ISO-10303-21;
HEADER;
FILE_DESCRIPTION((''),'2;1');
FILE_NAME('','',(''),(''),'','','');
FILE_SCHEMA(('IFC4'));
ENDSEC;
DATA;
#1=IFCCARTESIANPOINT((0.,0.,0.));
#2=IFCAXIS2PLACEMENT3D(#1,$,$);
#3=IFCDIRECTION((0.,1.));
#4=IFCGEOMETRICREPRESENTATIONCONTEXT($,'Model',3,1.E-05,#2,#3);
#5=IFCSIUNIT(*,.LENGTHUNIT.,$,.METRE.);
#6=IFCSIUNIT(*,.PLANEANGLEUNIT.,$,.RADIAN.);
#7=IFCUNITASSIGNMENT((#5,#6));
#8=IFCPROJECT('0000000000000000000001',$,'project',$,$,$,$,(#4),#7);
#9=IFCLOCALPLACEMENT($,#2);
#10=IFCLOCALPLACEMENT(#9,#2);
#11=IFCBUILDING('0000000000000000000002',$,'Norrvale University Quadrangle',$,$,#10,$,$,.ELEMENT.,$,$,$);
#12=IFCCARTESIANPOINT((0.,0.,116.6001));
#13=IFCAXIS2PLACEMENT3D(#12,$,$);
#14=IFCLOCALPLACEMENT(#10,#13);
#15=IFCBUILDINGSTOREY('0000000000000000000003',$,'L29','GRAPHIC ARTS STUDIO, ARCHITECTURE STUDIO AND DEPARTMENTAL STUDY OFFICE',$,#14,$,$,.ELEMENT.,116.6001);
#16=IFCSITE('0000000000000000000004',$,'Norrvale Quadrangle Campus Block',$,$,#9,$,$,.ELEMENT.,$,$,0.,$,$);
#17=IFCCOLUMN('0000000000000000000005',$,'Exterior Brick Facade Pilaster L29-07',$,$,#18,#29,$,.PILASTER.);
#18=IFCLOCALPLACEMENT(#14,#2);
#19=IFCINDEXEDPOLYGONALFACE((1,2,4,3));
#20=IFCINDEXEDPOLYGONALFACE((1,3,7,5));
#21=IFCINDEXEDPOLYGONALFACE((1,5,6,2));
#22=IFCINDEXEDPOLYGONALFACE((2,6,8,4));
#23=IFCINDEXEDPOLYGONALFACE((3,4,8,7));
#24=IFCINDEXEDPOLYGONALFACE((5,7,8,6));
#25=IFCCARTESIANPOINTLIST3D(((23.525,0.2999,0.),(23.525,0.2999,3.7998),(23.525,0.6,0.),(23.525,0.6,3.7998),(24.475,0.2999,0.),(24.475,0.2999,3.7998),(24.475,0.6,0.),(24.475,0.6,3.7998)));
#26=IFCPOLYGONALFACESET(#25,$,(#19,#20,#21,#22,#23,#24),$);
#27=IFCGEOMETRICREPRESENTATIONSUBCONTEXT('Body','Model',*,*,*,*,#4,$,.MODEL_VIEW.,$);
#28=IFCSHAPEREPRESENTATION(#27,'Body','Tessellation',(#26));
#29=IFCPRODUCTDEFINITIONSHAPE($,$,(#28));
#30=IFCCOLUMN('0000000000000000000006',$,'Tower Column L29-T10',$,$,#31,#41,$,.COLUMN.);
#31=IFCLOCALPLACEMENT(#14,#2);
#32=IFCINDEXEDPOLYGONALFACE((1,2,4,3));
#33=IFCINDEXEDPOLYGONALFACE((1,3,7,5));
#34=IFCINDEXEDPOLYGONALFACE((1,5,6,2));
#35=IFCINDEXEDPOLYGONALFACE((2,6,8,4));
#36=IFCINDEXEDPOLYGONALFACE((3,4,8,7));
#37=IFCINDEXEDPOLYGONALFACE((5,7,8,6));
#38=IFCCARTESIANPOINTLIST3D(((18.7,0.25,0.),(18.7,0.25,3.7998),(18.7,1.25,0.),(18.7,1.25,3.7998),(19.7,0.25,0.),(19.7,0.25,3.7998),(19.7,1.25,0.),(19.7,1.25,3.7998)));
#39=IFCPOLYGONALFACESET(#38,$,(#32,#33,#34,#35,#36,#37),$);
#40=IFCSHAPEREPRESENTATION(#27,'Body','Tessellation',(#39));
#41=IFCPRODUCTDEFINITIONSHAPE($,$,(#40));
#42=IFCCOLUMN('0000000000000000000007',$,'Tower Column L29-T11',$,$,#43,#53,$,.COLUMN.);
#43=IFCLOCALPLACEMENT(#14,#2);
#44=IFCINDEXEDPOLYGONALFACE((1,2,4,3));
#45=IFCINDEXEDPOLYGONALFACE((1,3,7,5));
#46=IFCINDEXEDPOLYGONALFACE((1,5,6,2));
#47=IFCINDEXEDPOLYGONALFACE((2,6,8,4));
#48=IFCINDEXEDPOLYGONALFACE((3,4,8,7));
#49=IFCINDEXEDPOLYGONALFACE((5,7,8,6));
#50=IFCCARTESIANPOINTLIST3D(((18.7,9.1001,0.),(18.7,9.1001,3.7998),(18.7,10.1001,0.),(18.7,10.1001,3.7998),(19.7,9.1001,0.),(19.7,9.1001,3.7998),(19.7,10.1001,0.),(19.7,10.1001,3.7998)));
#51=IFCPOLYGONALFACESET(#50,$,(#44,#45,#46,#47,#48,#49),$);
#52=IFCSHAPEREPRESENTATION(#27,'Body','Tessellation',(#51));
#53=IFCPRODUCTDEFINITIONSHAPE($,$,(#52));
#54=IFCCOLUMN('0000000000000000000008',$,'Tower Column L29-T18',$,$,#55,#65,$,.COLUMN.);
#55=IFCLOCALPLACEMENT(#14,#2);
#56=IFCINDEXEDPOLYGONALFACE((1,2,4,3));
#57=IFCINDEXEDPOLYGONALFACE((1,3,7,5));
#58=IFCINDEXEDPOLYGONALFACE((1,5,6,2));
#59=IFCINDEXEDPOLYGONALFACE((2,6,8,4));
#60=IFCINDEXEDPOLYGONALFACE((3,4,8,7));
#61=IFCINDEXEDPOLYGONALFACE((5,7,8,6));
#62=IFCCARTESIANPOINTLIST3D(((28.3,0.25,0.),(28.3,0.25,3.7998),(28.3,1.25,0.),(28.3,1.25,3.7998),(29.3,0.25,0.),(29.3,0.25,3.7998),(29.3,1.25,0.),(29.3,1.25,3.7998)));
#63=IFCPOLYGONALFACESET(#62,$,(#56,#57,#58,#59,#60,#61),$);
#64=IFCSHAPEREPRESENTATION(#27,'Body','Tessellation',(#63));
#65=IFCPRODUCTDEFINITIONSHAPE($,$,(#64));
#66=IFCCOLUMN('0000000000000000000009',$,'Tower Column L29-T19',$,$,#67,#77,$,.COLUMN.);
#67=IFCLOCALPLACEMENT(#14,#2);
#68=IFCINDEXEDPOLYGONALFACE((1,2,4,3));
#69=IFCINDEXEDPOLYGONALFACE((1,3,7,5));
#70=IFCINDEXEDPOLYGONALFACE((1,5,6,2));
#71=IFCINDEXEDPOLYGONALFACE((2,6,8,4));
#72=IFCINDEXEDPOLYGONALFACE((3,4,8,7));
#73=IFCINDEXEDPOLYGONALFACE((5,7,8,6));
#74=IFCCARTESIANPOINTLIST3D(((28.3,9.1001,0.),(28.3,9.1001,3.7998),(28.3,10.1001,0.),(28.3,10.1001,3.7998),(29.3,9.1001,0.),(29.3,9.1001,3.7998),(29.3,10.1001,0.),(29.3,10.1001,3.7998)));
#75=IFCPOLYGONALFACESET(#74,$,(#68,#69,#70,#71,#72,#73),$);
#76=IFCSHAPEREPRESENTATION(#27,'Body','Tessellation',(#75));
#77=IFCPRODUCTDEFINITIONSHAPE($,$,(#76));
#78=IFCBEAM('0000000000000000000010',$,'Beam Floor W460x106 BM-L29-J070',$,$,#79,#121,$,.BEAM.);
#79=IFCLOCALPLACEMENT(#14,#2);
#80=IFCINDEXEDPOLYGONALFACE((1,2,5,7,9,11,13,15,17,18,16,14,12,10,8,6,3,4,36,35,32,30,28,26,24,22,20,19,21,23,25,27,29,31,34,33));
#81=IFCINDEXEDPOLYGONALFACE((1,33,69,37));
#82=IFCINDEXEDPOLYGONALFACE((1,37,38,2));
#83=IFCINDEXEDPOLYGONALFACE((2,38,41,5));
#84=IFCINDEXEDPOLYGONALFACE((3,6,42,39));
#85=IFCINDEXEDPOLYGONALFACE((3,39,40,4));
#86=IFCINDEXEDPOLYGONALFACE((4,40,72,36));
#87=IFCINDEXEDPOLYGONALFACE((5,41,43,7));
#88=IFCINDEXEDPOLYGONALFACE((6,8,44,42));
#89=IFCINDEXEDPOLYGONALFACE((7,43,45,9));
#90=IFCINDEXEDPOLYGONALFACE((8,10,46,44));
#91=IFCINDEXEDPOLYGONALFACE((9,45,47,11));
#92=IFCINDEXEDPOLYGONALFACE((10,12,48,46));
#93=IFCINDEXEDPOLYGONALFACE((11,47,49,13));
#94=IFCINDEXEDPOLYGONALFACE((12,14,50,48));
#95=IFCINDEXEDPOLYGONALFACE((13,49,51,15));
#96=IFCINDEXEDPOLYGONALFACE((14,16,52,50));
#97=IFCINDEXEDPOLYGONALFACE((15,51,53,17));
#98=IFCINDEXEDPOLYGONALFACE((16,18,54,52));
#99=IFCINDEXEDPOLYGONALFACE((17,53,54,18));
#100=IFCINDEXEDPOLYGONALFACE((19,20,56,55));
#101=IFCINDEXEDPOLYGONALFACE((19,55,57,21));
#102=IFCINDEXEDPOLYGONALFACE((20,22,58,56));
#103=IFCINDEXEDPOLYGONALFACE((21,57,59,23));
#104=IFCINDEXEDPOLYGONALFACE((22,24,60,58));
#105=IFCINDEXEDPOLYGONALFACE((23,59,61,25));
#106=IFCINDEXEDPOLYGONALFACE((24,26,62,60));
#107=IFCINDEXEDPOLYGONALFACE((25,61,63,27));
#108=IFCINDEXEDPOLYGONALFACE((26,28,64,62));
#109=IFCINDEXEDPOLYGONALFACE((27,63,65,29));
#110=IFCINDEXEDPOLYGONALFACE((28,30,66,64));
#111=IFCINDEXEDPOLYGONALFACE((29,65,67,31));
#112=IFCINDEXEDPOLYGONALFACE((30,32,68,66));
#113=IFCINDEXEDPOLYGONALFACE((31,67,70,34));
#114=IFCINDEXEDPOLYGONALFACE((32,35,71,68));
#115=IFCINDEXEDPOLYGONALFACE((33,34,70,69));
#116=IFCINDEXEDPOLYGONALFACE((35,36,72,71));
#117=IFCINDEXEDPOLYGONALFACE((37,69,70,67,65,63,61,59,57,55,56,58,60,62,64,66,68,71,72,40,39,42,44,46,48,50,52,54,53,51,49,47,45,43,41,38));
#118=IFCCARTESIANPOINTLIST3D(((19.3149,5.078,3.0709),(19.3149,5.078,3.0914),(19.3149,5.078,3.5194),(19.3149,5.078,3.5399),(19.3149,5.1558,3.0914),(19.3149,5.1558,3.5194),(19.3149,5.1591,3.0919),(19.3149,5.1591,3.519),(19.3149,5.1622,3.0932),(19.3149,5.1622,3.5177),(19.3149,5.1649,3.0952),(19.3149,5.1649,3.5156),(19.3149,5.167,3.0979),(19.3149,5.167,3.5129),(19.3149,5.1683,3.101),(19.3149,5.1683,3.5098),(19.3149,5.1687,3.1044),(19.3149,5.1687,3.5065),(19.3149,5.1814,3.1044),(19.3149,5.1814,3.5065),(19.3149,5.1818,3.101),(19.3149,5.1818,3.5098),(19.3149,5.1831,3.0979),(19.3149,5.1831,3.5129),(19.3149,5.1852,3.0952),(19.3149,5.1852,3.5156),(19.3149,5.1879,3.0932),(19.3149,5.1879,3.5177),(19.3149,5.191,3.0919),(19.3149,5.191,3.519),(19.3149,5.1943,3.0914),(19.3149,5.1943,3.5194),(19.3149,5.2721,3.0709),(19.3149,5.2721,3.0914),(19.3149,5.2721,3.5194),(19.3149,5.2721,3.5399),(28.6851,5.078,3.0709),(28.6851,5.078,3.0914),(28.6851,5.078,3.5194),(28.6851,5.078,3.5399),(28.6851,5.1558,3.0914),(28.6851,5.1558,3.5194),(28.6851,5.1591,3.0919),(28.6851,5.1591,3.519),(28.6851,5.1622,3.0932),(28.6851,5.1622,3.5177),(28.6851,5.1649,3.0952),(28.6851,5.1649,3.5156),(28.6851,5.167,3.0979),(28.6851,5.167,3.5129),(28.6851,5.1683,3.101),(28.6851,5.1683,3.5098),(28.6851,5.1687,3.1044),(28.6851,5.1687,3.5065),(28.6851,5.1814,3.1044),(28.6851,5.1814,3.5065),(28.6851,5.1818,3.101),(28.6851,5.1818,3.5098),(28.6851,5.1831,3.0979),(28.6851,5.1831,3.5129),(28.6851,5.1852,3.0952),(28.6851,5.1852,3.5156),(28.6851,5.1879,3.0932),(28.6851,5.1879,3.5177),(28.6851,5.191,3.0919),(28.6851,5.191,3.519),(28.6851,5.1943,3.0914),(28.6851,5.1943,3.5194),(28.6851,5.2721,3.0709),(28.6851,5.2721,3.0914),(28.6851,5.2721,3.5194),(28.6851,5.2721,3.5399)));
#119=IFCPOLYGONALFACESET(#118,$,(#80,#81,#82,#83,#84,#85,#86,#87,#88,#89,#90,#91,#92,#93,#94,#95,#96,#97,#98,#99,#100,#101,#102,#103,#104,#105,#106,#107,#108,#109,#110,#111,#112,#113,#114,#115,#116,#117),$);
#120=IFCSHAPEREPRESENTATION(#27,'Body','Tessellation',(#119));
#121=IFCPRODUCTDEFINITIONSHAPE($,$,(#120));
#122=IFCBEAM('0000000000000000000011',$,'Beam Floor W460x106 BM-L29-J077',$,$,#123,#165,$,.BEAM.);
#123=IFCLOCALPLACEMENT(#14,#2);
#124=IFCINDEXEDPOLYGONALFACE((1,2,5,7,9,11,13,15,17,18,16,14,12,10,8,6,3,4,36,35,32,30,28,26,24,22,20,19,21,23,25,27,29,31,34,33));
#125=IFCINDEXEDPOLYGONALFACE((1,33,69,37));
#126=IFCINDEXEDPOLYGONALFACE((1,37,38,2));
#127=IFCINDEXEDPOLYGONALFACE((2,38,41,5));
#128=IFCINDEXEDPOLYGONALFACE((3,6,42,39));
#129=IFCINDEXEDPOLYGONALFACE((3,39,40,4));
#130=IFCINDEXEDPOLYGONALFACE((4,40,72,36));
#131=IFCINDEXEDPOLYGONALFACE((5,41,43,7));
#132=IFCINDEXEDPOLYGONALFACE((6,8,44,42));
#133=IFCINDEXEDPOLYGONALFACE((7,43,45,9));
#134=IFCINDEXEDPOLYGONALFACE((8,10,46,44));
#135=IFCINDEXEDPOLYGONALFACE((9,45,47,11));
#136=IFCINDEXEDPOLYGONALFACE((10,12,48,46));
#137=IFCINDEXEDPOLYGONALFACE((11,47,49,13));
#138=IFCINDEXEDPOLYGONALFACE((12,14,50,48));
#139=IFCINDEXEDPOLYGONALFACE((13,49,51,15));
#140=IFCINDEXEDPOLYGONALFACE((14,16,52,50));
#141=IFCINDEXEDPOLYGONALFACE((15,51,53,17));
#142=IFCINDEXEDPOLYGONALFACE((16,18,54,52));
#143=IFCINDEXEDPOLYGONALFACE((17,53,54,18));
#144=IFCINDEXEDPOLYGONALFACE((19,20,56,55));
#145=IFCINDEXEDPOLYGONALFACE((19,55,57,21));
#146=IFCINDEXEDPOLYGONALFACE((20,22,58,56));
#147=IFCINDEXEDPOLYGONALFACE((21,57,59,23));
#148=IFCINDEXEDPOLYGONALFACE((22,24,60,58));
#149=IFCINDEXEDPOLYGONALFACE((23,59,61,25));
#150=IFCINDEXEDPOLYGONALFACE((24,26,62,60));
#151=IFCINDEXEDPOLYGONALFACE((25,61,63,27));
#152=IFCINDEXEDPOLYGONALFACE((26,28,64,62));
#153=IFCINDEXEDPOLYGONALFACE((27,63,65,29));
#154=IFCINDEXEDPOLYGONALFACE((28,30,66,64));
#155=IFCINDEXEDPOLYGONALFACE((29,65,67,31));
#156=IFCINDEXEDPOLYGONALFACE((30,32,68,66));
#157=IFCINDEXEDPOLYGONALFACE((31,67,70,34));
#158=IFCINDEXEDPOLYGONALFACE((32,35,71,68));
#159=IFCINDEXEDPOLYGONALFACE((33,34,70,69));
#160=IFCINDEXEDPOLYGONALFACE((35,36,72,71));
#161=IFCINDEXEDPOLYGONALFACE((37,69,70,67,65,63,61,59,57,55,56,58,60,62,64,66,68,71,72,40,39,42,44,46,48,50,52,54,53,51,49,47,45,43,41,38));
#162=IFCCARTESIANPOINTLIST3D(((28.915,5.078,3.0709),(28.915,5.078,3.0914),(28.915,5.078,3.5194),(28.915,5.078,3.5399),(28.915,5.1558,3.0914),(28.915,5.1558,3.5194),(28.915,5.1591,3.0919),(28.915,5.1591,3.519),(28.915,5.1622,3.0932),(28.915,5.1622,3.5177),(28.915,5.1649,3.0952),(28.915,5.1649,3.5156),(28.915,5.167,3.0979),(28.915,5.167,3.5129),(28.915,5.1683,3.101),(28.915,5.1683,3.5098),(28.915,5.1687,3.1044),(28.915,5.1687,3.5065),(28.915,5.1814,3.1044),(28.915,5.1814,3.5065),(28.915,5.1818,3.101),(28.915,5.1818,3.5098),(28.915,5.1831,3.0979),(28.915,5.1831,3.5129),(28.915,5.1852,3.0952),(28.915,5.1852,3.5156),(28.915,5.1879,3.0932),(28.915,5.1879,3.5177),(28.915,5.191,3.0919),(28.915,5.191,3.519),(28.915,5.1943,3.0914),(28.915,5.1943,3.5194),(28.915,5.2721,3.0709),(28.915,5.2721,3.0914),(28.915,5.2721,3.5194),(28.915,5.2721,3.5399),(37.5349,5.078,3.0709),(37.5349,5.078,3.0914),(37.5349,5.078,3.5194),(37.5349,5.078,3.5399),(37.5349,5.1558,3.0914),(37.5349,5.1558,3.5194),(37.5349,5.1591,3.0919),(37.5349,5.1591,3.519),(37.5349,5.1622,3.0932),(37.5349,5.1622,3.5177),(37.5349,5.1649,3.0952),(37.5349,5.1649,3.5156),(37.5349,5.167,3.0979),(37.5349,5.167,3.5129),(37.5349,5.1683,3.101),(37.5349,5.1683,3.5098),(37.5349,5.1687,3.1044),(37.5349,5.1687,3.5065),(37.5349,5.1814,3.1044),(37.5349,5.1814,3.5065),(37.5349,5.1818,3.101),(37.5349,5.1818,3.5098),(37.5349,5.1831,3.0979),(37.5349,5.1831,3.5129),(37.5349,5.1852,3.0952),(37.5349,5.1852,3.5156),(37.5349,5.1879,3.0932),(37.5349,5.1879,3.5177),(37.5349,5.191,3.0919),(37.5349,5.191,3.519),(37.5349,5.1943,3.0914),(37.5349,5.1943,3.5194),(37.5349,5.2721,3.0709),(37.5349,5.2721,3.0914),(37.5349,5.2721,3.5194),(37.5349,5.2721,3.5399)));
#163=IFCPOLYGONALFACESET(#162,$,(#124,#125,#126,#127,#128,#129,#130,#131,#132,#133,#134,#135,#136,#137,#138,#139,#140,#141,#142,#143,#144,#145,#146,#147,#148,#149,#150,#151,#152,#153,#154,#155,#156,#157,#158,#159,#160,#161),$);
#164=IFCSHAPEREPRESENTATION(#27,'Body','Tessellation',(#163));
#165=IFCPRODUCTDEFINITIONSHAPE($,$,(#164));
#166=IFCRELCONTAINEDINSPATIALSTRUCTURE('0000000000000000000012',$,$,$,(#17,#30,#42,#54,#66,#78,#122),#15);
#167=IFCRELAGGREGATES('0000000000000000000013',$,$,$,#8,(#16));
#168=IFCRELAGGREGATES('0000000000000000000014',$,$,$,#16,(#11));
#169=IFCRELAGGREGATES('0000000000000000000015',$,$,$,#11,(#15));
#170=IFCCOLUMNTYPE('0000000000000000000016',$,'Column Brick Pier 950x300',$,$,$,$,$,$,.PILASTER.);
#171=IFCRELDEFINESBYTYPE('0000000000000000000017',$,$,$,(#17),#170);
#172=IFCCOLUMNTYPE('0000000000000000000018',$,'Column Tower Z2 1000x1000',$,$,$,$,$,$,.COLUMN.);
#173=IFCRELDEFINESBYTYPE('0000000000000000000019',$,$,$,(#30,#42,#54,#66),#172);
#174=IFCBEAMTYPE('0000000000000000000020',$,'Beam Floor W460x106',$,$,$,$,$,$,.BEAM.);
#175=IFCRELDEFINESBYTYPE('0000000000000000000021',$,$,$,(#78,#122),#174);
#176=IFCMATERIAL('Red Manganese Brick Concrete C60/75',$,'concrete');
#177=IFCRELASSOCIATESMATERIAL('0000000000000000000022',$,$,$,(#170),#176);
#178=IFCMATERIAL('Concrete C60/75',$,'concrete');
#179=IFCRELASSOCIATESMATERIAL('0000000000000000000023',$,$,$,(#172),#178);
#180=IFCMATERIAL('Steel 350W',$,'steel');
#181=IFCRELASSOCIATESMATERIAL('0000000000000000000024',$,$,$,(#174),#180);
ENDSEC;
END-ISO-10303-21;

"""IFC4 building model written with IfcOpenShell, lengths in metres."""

from ifc_helpers import new_model, si_unit, direction, frame, origin, origin_2d, place, context, subcontext, project, spatial, rectangle, i_section, extrude, material, material_profile, profile_set, type_object, element, save


model = new_model("IFC4")

# Units and contexts
model_context = context("Model", 3, precision=1e-05, world=origin(), true_north=direction((0.0, 1.0)))
body_context = subcontext(model_context, "Body", "Model", "MODEL_VIEW")
ifc_project = project(units=[si_unit("LENGTHUNIT", "METRE"), si_unit("PLANEANGLEUNIT", "RADIAN")], contexts=[model_context])

# Site, building, storey
site_placement = place(None, origin())
site = spatial("IfcSite", under=ifc_project, at=site_placement, Name="Norrvale Quadrangle Campus Block", CompositionType="ELEMENT", RefElevation=0.0)
building_placement = place(site_placement, origin())
building = spatial("IfcBuilding", under=site, at=building_placement, Name="Norrvale University Quadrangle", CompositionType="ELEMENT")
storey_placement = place(building_placement, frame((0.0, 0.0, 116.6001)))
storey = spatial("IfcBuildingStorey", under=building, at=storey_placement, Name="L29", Description="GRAPHIC ARTS STUDIO, ARCHITECTURE STUDIO AND DEPARTMENTAL STUDY OFFICE", CompositionType="ELEMENT", Elevation=116.6001)

# Columns
ifc_material_1 = material(Name="Red Manganese Brick Concrete C60/75", Category="concrete")
ifc_material_profile_1 = material_profile(ifc_material_1, rectangle(XDim=0.95, YDim=0.3, at=origin_2d()), Name="Red Manganese Brick Concrete C60/75")
ifc_profile_set_1 = profile_set([ifc_material_profile_1], Name="Red Manganese Brick Concrete C60/75")
column_type_1 = type_object("IfcColumnType", Name="Column Brick Pier 950x300", PredefinedType="PILASTER", material=ifc_profile_set_1)
column_placement = place(storey_placement, frame((24.0, 0.45, 0.0), z_axis=(0.0, 0.0, 1.0), x_axis=(1.0, 0.0, 0.0)))
element("IfcColumn", 1, at=column_placement, inside=storey, type_object=column_type_1, Name="Exterior Brick Facade Pilaster L29-07", PredefinedType="PILASTER", context=body_context, shape_type="SweptSolid", body=[
    extrude(rectangle(XDim=0.95, YDim=0.3, at=origin_2d()), origin(), (0.0, 0.0, 1.0), 3.7998),
])
ifc_material_2 = material(Name="Concrete C60/75", Category="concrete")
ifc_material_profile_2 = material_profile(ifc_material_2, rectangle(XDim=1.0, YDim=1.0, at=origin_2d()), Name="Concrete C60/75")
ifc_profile_set_2 = profile_set([ifc_material_profile_2], Name="Concrete C60/75")
column_type_2 = type_object("IfcColumnType", Name="Column Tower Z2 1000x1000", PredefinedType="COLUMN", material=ifc_profile_set_2)
for number, where, z_axis, x_axis, name in (
    (2, (19.2, 0.75, 0.0), (0.0, 0.0, 1.0), (1.0, 0.0, 0.0), "Tower Column L29-T10"),
    (3, (19.2, 9.6001, 0.0), (0.0, 0.0, 1.0), (1.0, 0.0, 0.0), "Tower Column L29-T11"),
    (4, (28.8, 0.75, 0.0), (0.0, 0.0, 1.0), (1.0, 0.0, 0.0), "Tower Column L29-T18"),
    (5, (28.8, 9.6001, 0.0), (0.0, 0.0, 1.0), (1.0, 0.0, 0.0), "Tower Column L29-T19"),
):
    element("IfcColumn", number, at=place(storey_placement, frame(where, z_axis=z_axis, x_axis=x_axis)), inside=storey, type_object=column_type_2, Name=name, PredefinedType="COLUMN", context=body_context, shape_type="SweptSolid", body=[
        extrude(rectangle(XDim=1.0, YDim=1.0, at=origin_2d()), origin(), (0.0, 0.0, 1.0), 3.7998),
    ])

# Beams
ifc_material_3 = material(Name="Steel 350W", Category="steel")
ifc_material_profile_3 = material_profile(ifc_material_3, i_section(OverallWidth=0.1941, OverallDepth=0.469, WebThickness=0.0127, FlangeThickness=0.0205, FilletRadius=0.0129, at=origin_2d()), Name="Steel 350W")
ifc_profile_set_3 = profile_set([ifc_material_profile_3], Name="Steel 350W")
beam_type_1 = type_object("IfcBeamType", Name="Beam Floor W460x106", PredefinedType="BEAM", material=ifc_profile_set_3)
beam_1_placement = place(storey_placement, frame((19.3149, 5.175, 3.3054), z_axis=(1.0, 0.0, 0.0), x_axis=(0.0, 1.0, 0.0)))
element("IfcBeam", 6, at=beam_1_placement, inside=storey, type_object=beam_type_1, Name="Beam Floor W460x106 BM-L29-J070", PredefinedType="BEAM", context=body_context, shape_type="SweptSolid", body=[
    extrude(i_section(OverallWidth=0.1941, OverallDepth=0.469, WebThickness=0.0127, FlangeThickness=0.0205, FilletRadius=0.0129, at=origin_2d()), origin(), (0.0, 0.0, 1.0), 9.3701),
])
beam_2_placement = place(storey_placement, frame((28.915, 5.175, 3.3054), z_axis=(1.0, 0.0, 0.0), x_axis=(0.0, 1.0, 0.0)))
element("IfcBeam", 7, at=beam_2_placement, inside=storey, type_object=beam_type_1, Name="Beam Floor W460x106 BM-L29-J077", PredefinedType="BEAM", context=body_context, shape_type="SweptSolid", body=[
    extrude(i_section(OverallWidth=0.1941, OverallDepth=0.469, WebThickness=0.0127, FlangeThickness=0.0205, FilletRadius=0.0129, at=origin_2d()), origin(), (0.0, 0.0, 1.0), 8.6199),
])

save(model, "model.ifc")
